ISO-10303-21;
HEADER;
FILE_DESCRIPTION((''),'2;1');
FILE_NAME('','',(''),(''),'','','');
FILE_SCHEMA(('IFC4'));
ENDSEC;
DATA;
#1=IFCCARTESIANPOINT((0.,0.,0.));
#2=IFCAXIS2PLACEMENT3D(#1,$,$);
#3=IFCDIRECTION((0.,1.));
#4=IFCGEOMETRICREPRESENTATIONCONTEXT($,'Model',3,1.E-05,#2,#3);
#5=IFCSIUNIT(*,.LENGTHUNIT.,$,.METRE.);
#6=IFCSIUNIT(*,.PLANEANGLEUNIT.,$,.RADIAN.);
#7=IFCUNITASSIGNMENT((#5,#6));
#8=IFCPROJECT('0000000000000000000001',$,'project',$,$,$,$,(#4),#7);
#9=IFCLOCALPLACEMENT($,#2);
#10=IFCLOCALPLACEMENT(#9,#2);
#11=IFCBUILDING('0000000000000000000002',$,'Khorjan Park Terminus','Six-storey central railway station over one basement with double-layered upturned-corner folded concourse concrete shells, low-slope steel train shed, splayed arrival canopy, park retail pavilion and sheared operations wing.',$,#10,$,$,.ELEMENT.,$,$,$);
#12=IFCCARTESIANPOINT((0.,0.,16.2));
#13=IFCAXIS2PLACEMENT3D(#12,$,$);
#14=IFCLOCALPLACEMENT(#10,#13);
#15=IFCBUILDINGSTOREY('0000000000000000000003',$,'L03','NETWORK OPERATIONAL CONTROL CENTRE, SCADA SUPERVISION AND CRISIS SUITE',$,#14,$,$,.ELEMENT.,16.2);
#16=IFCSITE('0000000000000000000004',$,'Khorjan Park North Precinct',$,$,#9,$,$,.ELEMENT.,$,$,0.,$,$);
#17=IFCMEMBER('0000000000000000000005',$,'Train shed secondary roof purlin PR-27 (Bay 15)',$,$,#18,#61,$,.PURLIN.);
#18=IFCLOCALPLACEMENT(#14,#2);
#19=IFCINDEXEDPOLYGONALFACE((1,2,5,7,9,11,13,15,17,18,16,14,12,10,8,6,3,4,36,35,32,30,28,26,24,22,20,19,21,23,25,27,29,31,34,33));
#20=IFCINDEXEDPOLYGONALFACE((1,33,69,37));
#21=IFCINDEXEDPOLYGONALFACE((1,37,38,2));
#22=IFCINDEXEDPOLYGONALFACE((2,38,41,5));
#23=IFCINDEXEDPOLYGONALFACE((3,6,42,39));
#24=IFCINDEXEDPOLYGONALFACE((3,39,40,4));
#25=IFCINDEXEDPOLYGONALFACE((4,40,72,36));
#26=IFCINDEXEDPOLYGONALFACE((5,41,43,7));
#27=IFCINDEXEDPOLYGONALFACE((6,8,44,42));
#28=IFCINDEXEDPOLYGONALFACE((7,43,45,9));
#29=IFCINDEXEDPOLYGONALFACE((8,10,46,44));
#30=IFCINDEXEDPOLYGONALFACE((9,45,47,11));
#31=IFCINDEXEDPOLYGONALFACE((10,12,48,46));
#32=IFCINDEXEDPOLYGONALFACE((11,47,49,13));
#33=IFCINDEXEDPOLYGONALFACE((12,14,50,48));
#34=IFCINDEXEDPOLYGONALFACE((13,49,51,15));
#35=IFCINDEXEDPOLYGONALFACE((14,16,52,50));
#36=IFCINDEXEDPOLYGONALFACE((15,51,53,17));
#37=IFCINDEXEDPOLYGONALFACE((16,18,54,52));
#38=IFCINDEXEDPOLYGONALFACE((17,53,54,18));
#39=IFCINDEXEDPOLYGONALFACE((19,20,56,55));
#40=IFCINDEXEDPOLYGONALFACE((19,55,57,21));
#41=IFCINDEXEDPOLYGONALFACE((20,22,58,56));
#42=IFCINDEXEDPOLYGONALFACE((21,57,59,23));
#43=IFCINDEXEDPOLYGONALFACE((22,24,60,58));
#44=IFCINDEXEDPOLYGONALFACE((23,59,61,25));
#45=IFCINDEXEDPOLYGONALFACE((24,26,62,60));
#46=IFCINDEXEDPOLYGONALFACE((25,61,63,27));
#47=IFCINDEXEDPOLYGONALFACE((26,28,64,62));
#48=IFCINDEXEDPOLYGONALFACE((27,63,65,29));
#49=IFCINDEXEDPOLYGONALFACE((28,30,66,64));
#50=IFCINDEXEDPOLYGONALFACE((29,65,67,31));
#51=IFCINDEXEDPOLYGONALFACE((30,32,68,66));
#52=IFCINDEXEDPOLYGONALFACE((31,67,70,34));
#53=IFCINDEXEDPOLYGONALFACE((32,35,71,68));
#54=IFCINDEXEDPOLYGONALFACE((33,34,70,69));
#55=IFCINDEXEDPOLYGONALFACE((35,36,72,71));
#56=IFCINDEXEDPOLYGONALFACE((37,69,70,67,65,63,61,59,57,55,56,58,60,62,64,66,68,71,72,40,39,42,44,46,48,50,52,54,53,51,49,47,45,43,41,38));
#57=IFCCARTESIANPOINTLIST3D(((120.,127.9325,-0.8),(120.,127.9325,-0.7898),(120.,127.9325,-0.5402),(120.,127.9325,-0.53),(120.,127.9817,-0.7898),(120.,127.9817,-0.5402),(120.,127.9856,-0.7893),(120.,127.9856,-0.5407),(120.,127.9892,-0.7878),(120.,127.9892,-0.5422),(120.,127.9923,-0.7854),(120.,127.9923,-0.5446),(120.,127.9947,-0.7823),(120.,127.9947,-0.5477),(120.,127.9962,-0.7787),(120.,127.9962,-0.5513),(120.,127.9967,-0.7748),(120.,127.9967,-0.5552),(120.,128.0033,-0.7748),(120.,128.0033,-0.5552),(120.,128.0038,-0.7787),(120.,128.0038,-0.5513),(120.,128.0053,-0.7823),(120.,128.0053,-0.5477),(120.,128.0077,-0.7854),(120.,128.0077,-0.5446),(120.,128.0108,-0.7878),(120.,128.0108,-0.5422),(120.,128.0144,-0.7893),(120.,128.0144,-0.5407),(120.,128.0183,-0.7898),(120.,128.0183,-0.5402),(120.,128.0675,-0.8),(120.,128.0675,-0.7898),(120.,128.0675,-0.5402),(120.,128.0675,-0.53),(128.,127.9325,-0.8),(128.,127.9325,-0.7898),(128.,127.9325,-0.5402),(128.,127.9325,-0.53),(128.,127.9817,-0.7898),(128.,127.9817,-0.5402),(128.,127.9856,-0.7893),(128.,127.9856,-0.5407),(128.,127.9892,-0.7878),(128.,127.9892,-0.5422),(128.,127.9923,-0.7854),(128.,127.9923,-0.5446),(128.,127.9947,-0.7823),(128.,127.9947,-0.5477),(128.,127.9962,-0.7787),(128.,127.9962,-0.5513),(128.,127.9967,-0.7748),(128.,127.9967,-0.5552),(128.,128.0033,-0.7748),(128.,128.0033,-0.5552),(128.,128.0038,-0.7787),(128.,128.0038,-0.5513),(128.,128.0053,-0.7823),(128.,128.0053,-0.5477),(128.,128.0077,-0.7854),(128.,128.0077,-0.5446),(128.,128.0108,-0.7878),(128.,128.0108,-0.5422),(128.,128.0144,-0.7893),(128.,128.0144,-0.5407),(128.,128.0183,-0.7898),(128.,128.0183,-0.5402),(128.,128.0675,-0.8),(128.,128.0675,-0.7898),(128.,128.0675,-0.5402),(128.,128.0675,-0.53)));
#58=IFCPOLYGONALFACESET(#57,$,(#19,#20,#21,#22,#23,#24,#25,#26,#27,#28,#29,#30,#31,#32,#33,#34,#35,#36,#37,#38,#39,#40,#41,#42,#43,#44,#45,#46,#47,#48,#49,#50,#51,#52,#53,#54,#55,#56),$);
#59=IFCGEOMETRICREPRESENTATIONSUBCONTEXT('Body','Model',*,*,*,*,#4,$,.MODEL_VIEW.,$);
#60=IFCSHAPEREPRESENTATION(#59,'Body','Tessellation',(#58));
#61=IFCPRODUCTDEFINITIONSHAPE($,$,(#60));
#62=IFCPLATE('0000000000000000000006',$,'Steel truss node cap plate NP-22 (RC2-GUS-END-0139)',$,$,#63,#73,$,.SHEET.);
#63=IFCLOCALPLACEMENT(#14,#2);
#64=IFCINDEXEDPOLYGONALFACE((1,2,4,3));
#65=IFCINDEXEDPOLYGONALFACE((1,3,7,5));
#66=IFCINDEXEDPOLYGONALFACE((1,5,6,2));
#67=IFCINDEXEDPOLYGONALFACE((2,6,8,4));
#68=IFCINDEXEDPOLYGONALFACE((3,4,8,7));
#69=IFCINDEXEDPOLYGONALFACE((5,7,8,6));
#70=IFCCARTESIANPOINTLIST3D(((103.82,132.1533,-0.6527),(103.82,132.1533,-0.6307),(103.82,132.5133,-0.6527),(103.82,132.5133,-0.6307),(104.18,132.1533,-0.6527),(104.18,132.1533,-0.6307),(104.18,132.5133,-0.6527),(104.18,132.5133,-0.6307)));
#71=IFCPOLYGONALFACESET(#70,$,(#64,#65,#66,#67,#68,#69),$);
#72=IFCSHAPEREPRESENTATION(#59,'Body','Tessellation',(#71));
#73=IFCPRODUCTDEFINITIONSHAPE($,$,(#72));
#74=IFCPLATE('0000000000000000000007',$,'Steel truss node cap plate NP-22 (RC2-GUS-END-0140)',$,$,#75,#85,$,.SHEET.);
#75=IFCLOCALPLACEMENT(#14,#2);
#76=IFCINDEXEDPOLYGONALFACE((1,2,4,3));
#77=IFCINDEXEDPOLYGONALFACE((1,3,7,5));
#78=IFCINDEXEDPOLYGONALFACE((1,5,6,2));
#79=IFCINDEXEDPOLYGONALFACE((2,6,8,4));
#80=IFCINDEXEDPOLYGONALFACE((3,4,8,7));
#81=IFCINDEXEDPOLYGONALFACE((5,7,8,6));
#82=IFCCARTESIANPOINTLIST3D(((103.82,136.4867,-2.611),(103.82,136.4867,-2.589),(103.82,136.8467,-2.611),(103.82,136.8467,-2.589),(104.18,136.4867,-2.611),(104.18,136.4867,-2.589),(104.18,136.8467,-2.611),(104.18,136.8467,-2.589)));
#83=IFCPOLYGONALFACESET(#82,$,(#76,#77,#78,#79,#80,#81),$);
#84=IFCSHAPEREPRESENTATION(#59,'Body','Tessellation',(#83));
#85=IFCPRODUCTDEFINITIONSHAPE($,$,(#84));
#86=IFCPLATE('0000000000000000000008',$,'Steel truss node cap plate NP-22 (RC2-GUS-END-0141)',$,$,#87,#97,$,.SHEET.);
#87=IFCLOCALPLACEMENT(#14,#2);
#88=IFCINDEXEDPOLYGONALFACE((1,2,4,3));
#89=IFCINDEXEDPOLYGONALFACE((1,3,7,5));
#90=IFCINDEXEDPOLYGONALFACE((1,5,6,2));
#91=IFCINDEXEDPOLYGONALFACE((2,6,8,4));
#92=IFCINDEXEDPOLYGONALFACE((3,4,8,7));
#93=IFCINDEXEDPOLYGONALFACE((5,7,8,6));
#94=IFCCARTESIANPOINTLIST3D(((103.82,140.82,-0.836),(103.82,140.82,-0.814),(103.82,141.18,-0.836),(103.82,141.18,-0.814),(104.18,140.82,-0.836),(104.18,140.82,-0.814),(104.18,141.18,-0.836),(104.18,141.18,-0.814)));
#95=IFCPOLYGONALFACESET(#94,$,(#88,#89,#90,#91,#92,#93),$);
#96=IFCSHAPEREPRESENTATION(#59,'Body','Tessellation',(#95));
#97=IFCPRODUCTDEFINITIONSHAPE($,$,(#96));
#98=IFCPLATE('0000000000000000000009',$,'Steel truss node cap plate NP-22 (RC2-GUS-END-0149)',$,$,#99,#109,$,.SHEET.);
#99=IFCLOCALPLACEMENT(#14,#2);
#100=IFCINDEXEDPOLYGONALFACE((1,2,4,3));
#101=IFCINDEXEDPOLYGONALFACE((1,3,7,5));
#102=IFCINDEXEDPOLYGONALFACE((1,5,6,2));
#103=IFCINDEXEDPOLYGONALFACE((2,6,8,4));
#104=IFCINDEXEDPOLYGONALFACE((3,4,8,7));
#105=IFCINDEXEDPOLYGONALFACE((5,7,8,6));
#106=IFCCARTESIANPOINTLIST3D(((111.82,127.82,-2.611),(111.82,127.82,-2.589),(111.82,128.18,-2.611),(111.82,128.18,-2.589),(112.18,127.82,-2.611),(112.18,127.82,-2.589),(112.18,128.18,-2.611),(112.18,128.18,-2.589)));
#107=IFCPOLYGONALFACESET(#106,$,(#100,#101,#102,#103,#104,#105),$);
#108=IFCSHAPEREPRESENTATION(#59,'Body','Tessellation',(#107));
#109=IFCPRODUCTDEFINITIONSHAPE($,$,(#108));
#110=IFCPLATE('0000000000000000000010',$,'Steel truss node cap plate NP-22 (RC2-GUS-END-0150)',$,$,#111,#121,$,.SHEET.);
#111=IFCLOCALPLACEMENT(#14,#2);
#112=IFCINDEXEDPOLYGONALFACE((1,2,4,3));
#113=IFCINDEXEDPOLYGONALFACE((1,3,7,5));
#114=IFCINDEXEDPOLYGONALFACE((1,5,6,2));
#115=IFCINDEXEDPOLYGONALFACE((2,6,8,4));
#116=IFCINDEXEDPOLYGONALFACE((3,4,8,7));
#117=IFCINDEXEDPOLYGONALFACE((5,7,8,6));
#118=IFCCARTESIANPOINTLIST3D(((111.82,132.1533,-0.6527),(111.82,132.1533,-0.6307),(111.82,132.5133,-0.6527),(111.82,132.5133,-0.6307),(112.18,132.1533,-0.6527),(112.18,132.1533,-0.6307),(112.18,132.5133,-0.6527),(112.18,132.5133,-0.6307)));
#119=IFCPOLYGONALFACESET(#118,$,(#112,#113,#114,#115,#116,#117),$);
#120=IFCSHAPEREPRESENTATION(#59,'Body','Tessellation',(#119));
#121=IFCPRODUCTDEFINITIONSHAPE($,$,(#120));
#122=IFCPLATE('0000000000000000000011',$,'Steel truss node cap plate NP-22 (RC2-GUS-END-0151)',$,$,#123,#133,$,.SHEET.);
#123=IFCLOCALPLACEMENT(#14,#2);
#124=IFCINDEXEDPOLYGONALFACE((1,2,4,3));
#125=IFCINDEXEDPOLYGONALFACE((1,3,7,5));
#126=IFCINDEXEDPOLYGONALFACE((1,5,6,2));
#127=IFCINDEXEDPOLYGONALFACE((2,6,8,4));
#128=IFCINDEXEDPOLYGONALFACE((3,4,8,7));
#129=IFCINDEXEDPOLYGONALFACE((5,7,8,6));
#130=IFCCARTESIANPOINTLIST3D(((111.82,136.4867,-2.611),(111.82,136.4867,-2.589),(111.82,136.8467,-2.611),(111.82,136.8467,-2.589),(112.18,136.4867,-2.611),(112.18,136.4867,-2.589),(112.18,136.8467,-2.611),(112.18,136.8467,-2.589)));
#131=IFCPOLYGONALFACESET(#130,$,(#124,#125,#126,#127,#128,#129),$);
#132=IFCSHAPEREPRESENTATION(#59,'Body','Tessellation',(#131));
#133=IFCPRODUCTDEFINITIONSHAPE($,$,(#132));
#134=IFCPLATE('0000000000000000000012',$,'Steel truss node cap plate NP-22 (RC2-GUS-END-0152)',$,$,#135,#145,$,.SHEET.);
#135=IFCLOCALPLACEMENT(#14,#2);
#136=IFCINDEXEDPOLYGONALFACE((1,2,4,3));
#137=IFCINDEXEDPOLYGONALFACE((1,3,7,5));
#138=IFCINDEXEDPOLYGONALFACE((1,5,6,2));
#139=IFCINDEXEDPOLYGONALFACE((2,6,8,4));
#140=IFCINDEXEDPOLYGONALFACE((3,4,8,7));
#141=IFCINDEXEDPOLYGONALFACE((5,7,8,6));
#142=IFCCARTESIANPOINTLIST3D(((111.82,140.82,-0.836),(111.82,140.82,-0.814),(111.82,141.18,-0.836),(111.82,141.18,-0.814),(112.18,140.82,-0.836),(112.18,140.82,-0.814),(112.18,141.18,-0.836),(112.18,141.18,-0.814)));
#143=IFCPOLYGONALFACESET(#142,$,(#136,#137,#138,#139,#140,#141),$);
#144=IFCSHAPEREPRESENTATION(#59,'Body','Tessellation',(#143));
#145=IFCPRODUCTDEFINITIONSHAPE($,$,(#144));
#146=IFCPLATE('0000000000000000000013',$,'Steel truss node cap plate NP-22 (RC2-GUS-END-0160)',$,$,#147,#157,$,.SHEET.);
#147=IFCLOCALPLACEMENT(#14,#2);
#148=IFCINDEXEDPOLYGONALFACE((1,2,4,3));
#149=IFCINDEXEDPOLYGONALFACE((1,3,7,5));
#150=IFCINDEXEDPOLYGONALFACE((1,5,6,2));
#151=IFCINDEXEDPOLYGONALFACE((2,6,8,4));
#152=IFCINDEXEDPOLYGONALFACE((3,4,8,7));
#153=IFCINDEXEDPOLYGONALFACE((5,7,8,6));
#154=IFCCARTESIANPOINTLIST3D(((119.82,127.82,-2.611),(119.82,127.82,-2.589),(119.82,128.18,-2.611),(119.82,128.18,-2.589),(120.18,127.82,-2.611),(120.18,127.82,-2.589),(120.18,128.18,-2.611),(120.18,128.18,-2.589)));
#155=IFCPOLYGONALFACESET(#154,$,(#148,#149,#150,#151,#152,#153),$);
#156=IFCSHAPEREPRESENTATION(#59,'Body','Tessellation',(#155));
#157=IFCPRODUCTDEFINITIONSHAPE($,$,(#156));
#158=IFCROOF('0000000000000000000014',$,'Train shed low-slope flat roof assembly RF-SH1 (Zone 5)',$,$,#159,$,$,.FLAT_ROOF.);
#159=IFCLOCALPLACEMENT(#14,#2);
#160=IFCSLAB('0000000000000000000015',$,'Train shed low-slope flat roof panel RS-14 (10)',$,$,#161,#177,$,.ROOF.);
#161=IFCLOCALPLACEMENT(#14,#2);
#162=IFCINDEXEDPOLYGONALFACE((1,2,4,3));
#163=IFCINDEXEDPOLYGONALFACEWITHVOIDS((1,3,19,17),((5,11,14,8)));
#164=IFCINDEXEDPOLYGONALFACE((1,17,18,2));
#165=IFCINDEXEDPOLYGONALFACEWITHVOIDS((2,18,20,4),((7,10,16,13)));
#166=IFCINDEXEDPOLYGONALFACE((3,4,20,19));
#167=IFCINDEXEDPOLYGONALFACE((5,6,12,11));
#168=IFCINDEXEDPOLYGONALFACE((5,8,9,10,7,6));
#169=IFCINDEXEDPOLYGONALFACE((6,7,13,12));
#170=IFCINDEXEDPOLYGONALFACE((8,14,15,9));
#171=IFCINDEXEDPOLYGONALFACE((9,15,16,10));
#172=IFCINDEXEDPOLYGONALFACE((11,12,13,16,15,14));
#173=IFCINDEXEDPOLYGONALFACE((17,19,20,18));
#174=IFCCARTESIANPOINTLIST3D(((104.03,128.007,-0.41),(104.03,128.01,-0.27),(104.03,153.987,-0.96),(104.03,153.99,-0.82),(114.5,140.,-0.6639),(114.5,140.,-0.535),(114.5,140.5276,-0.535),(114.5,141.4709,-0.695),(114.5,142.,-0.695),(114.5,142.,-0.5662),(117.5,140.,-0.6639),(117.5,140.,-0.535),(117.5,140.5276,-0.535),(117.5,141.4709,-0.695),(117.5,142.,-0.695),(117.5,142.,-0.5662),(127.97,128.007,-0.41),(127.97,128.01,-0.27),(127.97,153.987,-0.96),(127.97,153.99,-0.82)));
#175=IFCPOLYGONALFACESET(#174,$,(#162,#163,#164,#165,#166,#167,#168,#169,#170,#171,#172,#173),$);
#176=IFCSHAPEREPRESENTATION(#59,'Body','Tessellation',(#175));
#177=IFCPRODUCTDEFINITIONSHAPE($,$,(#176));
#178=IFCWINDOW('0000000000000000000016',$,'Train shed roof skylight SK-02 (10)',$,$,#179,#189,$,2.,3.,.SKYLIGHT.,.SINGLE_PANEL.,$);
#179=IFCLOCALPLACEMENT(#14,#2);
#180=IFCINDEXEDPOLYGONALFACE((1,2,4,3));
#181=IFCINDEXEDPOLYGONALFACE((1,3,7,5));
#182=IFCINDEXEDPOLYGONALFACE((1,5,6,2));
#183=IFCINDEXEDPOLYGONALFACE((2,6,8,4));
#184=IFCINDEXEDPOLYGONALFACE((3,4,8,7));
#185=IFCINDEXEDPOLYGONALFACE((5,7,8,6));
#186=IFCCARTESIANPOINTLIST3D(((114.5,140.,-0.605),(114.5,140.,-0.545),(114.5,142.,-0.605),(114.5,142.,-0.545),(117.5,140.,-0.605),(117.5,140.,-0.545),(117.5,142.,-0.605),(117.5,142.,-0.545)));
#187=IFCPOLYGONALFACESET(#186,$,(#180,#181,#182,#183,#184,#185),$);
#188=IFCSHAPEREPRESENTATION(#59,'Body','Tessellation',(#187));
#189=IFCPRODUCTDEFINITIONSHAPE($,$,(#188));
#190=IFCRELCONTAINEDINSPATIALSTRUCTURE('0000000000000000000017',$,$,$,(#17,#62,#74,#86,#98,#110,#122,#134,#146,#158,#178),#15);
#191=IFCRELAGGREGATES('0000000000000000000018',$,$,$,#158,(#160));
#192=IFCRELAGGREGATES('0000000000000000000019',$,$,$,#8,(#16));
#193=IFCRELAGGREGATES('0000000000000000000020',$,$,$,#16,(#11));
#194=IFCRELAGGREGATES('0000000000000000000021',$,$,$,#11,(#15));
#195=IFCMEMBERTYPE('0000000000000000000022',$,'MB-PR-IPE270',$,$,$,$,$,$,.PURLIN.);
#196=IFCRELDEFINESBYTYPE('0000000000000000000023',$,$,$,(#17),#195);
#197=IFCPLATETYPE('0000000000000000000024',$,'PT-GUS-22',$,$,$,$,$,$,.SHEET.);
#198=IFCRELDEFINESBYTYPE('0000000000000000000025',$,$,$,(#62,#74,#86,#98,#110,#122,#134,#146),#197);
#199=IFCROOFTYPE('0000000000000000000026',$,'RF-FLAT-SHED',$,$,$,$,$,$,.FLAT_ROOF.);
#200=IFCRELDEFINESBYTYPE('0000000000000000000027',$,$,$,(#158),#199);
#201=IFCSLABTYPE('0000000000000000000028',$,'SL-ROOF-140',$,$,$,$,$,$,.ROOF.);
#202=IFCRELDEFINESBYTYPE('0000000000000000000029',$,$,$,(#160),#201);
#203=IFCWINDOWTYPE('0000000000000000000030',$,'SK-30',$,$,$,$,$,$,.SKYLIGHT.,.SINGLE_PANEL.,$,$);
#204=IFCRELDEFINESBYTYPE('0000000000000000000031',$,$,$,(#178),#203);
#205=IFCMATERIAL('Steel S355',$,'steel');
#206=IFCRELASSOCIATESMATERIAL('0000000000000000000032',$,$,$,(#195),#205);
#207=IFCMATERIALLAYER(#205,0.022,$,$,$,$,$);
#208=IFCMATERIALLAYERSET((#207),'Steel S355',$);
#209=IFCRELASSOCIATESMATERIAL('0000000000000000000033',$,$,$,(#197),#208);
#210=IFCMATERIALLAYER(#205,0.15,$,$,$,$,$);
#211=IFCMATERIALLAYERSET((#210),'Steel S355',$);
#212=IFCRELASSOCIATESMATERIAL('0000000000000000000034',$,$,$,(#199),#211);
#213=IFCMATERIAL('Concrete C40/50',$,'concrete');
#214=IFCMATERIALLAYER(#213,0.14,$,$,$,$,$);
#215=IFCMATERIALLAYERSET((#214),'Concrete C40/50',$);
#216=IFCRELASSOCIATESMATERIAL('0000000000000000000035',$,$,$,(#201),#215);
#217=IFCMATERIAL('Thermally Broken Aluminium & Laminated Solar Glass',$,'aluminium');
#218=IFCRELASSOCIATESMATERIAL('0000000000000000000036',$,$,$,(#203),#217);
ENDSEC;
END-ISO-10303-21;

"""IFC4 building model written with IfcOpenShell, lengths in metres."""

from ifc_helpers import new_model, si_unit, direction, frame, origin, origin_2d, place, context, subcontext, project, spatial, polyline, rectangle, i_section, outline, extrude, material, layer, layer_set, material_profile, profile_set, type_object, element, fill, aggregate, save


model = new_model("IFC4")

# Units and contexts
model_context = context("Model", 3, precision=1e-05, world=origin(), true_north=direction((0.0, 1.0)))
body_context = subcontext(model_context, "Body", "Model", "MODEL_VIEW")
ifc_project = project(units=[si_unit("LENGTHUNIT", "METRE"), si_unit("PLANEANGLEUNIT", "RADIAN")], contexts=[model_context])

# Site, building, storey
site_placement = place(None, origin())
site = spatial("IfcSite", under=ifc_project, at=site_placement, Name="Khorjan Park North Precinct", CompositionType="ELEMENT", RefElevation=0.0)
building_placement = place(site_placement, origin())
building = spatial("IfcBuilding", under=site, at=building_placement, Name="Khorjan Park Terminus", Description="Six-storey central railway station over one basement with double-layered upturned-corner folded concourse concrete shells, low-slope steel train shed, splayed arrival canopy, park retail pavilion and sheared operations wing.", CompositionType="ELEMENT")
storey_placement = place(building_placement, frame((0.0, 0.0, 16.2)))
storey = spatial("IfcBuildingStorey", under=building, at=storey_placement, Name="L03", Description="NETWORK OPERATIONAL CONTROL CENTRE, SCADA SUPERVISION AND CRISIS SUITE", CompositionType="ELEMENT", Elevation=16.2)

# Member
ifc_material_1 = material(Name="Steel S355", Category="steel")
ifc_material_profile_1 = material_profile(ifc_material_1, i_section(OverallWidth=0.135, OverallDepth=0.27, WebThickness=0.0066, FlangeThickness=0.0102, FilletRadius=0.015, at=origin_2d()), Name="IPE 270")
ifc_profile_set_1 = profile_set([ifc_material_profile_1], Name="Steel S355")
member_type_1 = type_object("IfcMemberType", Name="MB-PR-IPE270", PredefinedType="PURLIN", material=ifc_profile_set_1)
member_1_placement = place(storey_placement, frame((120.0, 128.0, -0.665), z_axis=(1.0, 0.0, 0.0), x_axis=(0.0, 1.0, 0.0)))
element("IfcMember", 1, at=member_1_placement, inside=storey, type_object=member_type_1, Name="Train shed secondary roof purlin PR-27 (Bay 15)", PredefinedType="PURLIN", context=body_context, shape_type="SweptSolid", body=[
    extrude(i_section(OverallWidth=0.135, OverallDepth=0.27, WebThickness=0.0066, FlangeThickness=0.0102, FilletRadius=0.015, at=origin_2d()), origin(), (0.0, 0.0, 1.0), 8.0),
])

# Plates
ifc_layer_1 = layer(ifc_material_1, 0.022)
ifc_layer_set_1 = layer_set([ifc_layer_1], Name="Steel S355")
plate_type = type_object("IfcPlateType", Name="PT-GUS-22", PredefinedType="SHEET", material=ifc_layer_set_1)
for number, where, z_axis, x_axis, name in (
    (2, (104.0, 132.3333, -0.6527), (0.0, 0.0, 1.0), (1.0, 0.0, 0.0), "Steel truss node cap plate NP-22 (RC2-GUS-END-0139)"),
    (3, (104.0, 136.6667, -2.611), (0.0, 0.0, 1.0), (1.0, 0.0, 0.0), "Steel truss node cap plate NP-22 (RC2-GUS-END-0140)"),
    (4, (104.0, 141.0, -0.836), (0.0, 0.0, 1.0), (1.0, 0.0, 0.0), "Steel truss node cap plate NP-22 (RC2-GUS-END-0141)"),
    (5, (112.0, 128.0, -2.611), (0.0, 0.0, 1.0), (1.0, 0.0, 0.0), "Steel truss node cap plate NP-22 (RC2-GUS-END-0149)"),
    (6, (112.0, 132.3333, -0.6527), (0.0, 0.0, 1.0), (1.0, 0.0, 0.0), "Steel truss node cap plate NP-22 (RC2-GUS-END-0150)"),
    (7, (112.0, 136.6667, -2.611), (0.0, 0.0, 1.0), (1.0, 0.0, 0.0), "Steel truss node cap plate NP-22 (RC2-GUS-END-0151)"),
    (8, (112.0, 141.0, -0.836), (0.0, 0.0, 1.0), (1.0, 0.0, 0.0), "Steel truss node cap plate NP-22 (RC2-GUS-END-0152)"),
    (9, (120.0, 128.0, -2.611), (0.0, 0.0, 1.0), (1.0, 0.0, 0.0), "Steel truss node cap plate NP-22 (RC2-GUS-END-0160)"),
):
    element("IfcPlate", number, at=place(storey_placement, frame(where, z_axis=z_axis, x_axis=x_axis)), inside=storey, type_object=plate_type, Name=name, PredefinedType="SHEET", context=body_context, shape_type="SweptSolid", body=[
        extrude(rectangle(XDim=0.36, YDim=0.36, at=origin_2d()), origin(), (0.0, 0.0, 1.0), 0.022),
    ])

# Roof, slab, opening, window
ifc_layer_2 = layer(ifc_material_1, 0.15)
ifc_layer_set_2 = layer_set([ifc_layer_2], Name="Steel S355")
roof_type = type_object("IfcRoofType", Name="RF-FLAT-SHED", PredefinedType="FLAT_ROOF", material=ifc_layer_set_2)
roof_placement = place(storey_placement, origin())
roof = element("IfcRoof", 10, at=roof_placement, inside=storey, type_object=roof_type, Name="Train shed low-slope flat roof assembly RF-SH1 (Zone 5)", PredefinedType="FLAT_ROOF")
ifc_material_2 = material(Name="Concrete C40/50", Category="concrete")
ifc_layer_3 = layer(ifc_material_2, 0.14)
ifc_layer_set_3 = layer_set([ifc_layer_3], Name="Concrete C40/50")
slab_type = type_object("IfcSlabType", Name="SL-ROOF-140", PredefinedType="ROOF", material=ifc_layer_set_3)
slab_placement = place(storey_placement, frame((104.03, 128.01, -0.27), z_axis=(0.0, 0.021165, 0.999776), x_axis=(1.0, 0.0, 0.0)))
slab = element("IfcSlab", 11, at=slab_placement, type_object=slab_type, Name="Train shed low-slope flat roof panel RS-14 (10)", PredefinedType="ROOF", context=body_context, shape_type="SweptSolid", body=[
    extrude(outline(polyline([(0.0, 0.0), (23.94, 0.0), (23.94, 25.9858), (0.0, 25.9858), (0.0, 0.0)])), origin(), (0.0, 0.0, -1.0), 0.14),
])
opening_placement = place(storey_placement, frame((116.0, 141.0, -0.685), z_axis=(0.0, 0.0, 1.0), x_axis=(1.0, 0.0, 0.0)))
opening = element("IfcOpeningElement", 12, at=opening_placement, cuts=slab, PredefinedType="OPENING", context=body_context, shape_type="SweptSolid", body=[
    extrude(rectangle(XDim=3.0, YDim=2.0, at=origin_2d()), frame((0.0, 0.0, -0.01)), (0.0, 0.0, 1.0), 0.16),
])
ifc_material_3 = material(Name="Thermally Broken Aluminium & Laminated Solar Glass", Category="aluminium")
window_type = type_object("IfcWindowType", Name="SK-30", PartitioningType="SINGLE_PANEL", PredefinedType="SKYLIGHT", material=ifc_material_3)
window_placement = place(opening_placement, frame((0.0, 0.0, 0.08)))
window = element("IfcWindow", 13, at=window_placement, inside=storey, type_object=window_type, Name="Train shed roof skylight SK-02 (10)", OverallHeight=2.0, OverallWidth=3.0, PartitioningType="SINGLE_PANEL", PredefinedType="SKYLIGHT", context=body_context, shape_type="SweptSolid", body=[
    extrude(rectangle(XDim=3.0, YDim=2.0, at=origin_2d()), origin(), (0.0, 0.0, 1.0), 0.06),
])
fill(opening, window)
aggregate(roof, [slab])

save(model, "model.ifc")
